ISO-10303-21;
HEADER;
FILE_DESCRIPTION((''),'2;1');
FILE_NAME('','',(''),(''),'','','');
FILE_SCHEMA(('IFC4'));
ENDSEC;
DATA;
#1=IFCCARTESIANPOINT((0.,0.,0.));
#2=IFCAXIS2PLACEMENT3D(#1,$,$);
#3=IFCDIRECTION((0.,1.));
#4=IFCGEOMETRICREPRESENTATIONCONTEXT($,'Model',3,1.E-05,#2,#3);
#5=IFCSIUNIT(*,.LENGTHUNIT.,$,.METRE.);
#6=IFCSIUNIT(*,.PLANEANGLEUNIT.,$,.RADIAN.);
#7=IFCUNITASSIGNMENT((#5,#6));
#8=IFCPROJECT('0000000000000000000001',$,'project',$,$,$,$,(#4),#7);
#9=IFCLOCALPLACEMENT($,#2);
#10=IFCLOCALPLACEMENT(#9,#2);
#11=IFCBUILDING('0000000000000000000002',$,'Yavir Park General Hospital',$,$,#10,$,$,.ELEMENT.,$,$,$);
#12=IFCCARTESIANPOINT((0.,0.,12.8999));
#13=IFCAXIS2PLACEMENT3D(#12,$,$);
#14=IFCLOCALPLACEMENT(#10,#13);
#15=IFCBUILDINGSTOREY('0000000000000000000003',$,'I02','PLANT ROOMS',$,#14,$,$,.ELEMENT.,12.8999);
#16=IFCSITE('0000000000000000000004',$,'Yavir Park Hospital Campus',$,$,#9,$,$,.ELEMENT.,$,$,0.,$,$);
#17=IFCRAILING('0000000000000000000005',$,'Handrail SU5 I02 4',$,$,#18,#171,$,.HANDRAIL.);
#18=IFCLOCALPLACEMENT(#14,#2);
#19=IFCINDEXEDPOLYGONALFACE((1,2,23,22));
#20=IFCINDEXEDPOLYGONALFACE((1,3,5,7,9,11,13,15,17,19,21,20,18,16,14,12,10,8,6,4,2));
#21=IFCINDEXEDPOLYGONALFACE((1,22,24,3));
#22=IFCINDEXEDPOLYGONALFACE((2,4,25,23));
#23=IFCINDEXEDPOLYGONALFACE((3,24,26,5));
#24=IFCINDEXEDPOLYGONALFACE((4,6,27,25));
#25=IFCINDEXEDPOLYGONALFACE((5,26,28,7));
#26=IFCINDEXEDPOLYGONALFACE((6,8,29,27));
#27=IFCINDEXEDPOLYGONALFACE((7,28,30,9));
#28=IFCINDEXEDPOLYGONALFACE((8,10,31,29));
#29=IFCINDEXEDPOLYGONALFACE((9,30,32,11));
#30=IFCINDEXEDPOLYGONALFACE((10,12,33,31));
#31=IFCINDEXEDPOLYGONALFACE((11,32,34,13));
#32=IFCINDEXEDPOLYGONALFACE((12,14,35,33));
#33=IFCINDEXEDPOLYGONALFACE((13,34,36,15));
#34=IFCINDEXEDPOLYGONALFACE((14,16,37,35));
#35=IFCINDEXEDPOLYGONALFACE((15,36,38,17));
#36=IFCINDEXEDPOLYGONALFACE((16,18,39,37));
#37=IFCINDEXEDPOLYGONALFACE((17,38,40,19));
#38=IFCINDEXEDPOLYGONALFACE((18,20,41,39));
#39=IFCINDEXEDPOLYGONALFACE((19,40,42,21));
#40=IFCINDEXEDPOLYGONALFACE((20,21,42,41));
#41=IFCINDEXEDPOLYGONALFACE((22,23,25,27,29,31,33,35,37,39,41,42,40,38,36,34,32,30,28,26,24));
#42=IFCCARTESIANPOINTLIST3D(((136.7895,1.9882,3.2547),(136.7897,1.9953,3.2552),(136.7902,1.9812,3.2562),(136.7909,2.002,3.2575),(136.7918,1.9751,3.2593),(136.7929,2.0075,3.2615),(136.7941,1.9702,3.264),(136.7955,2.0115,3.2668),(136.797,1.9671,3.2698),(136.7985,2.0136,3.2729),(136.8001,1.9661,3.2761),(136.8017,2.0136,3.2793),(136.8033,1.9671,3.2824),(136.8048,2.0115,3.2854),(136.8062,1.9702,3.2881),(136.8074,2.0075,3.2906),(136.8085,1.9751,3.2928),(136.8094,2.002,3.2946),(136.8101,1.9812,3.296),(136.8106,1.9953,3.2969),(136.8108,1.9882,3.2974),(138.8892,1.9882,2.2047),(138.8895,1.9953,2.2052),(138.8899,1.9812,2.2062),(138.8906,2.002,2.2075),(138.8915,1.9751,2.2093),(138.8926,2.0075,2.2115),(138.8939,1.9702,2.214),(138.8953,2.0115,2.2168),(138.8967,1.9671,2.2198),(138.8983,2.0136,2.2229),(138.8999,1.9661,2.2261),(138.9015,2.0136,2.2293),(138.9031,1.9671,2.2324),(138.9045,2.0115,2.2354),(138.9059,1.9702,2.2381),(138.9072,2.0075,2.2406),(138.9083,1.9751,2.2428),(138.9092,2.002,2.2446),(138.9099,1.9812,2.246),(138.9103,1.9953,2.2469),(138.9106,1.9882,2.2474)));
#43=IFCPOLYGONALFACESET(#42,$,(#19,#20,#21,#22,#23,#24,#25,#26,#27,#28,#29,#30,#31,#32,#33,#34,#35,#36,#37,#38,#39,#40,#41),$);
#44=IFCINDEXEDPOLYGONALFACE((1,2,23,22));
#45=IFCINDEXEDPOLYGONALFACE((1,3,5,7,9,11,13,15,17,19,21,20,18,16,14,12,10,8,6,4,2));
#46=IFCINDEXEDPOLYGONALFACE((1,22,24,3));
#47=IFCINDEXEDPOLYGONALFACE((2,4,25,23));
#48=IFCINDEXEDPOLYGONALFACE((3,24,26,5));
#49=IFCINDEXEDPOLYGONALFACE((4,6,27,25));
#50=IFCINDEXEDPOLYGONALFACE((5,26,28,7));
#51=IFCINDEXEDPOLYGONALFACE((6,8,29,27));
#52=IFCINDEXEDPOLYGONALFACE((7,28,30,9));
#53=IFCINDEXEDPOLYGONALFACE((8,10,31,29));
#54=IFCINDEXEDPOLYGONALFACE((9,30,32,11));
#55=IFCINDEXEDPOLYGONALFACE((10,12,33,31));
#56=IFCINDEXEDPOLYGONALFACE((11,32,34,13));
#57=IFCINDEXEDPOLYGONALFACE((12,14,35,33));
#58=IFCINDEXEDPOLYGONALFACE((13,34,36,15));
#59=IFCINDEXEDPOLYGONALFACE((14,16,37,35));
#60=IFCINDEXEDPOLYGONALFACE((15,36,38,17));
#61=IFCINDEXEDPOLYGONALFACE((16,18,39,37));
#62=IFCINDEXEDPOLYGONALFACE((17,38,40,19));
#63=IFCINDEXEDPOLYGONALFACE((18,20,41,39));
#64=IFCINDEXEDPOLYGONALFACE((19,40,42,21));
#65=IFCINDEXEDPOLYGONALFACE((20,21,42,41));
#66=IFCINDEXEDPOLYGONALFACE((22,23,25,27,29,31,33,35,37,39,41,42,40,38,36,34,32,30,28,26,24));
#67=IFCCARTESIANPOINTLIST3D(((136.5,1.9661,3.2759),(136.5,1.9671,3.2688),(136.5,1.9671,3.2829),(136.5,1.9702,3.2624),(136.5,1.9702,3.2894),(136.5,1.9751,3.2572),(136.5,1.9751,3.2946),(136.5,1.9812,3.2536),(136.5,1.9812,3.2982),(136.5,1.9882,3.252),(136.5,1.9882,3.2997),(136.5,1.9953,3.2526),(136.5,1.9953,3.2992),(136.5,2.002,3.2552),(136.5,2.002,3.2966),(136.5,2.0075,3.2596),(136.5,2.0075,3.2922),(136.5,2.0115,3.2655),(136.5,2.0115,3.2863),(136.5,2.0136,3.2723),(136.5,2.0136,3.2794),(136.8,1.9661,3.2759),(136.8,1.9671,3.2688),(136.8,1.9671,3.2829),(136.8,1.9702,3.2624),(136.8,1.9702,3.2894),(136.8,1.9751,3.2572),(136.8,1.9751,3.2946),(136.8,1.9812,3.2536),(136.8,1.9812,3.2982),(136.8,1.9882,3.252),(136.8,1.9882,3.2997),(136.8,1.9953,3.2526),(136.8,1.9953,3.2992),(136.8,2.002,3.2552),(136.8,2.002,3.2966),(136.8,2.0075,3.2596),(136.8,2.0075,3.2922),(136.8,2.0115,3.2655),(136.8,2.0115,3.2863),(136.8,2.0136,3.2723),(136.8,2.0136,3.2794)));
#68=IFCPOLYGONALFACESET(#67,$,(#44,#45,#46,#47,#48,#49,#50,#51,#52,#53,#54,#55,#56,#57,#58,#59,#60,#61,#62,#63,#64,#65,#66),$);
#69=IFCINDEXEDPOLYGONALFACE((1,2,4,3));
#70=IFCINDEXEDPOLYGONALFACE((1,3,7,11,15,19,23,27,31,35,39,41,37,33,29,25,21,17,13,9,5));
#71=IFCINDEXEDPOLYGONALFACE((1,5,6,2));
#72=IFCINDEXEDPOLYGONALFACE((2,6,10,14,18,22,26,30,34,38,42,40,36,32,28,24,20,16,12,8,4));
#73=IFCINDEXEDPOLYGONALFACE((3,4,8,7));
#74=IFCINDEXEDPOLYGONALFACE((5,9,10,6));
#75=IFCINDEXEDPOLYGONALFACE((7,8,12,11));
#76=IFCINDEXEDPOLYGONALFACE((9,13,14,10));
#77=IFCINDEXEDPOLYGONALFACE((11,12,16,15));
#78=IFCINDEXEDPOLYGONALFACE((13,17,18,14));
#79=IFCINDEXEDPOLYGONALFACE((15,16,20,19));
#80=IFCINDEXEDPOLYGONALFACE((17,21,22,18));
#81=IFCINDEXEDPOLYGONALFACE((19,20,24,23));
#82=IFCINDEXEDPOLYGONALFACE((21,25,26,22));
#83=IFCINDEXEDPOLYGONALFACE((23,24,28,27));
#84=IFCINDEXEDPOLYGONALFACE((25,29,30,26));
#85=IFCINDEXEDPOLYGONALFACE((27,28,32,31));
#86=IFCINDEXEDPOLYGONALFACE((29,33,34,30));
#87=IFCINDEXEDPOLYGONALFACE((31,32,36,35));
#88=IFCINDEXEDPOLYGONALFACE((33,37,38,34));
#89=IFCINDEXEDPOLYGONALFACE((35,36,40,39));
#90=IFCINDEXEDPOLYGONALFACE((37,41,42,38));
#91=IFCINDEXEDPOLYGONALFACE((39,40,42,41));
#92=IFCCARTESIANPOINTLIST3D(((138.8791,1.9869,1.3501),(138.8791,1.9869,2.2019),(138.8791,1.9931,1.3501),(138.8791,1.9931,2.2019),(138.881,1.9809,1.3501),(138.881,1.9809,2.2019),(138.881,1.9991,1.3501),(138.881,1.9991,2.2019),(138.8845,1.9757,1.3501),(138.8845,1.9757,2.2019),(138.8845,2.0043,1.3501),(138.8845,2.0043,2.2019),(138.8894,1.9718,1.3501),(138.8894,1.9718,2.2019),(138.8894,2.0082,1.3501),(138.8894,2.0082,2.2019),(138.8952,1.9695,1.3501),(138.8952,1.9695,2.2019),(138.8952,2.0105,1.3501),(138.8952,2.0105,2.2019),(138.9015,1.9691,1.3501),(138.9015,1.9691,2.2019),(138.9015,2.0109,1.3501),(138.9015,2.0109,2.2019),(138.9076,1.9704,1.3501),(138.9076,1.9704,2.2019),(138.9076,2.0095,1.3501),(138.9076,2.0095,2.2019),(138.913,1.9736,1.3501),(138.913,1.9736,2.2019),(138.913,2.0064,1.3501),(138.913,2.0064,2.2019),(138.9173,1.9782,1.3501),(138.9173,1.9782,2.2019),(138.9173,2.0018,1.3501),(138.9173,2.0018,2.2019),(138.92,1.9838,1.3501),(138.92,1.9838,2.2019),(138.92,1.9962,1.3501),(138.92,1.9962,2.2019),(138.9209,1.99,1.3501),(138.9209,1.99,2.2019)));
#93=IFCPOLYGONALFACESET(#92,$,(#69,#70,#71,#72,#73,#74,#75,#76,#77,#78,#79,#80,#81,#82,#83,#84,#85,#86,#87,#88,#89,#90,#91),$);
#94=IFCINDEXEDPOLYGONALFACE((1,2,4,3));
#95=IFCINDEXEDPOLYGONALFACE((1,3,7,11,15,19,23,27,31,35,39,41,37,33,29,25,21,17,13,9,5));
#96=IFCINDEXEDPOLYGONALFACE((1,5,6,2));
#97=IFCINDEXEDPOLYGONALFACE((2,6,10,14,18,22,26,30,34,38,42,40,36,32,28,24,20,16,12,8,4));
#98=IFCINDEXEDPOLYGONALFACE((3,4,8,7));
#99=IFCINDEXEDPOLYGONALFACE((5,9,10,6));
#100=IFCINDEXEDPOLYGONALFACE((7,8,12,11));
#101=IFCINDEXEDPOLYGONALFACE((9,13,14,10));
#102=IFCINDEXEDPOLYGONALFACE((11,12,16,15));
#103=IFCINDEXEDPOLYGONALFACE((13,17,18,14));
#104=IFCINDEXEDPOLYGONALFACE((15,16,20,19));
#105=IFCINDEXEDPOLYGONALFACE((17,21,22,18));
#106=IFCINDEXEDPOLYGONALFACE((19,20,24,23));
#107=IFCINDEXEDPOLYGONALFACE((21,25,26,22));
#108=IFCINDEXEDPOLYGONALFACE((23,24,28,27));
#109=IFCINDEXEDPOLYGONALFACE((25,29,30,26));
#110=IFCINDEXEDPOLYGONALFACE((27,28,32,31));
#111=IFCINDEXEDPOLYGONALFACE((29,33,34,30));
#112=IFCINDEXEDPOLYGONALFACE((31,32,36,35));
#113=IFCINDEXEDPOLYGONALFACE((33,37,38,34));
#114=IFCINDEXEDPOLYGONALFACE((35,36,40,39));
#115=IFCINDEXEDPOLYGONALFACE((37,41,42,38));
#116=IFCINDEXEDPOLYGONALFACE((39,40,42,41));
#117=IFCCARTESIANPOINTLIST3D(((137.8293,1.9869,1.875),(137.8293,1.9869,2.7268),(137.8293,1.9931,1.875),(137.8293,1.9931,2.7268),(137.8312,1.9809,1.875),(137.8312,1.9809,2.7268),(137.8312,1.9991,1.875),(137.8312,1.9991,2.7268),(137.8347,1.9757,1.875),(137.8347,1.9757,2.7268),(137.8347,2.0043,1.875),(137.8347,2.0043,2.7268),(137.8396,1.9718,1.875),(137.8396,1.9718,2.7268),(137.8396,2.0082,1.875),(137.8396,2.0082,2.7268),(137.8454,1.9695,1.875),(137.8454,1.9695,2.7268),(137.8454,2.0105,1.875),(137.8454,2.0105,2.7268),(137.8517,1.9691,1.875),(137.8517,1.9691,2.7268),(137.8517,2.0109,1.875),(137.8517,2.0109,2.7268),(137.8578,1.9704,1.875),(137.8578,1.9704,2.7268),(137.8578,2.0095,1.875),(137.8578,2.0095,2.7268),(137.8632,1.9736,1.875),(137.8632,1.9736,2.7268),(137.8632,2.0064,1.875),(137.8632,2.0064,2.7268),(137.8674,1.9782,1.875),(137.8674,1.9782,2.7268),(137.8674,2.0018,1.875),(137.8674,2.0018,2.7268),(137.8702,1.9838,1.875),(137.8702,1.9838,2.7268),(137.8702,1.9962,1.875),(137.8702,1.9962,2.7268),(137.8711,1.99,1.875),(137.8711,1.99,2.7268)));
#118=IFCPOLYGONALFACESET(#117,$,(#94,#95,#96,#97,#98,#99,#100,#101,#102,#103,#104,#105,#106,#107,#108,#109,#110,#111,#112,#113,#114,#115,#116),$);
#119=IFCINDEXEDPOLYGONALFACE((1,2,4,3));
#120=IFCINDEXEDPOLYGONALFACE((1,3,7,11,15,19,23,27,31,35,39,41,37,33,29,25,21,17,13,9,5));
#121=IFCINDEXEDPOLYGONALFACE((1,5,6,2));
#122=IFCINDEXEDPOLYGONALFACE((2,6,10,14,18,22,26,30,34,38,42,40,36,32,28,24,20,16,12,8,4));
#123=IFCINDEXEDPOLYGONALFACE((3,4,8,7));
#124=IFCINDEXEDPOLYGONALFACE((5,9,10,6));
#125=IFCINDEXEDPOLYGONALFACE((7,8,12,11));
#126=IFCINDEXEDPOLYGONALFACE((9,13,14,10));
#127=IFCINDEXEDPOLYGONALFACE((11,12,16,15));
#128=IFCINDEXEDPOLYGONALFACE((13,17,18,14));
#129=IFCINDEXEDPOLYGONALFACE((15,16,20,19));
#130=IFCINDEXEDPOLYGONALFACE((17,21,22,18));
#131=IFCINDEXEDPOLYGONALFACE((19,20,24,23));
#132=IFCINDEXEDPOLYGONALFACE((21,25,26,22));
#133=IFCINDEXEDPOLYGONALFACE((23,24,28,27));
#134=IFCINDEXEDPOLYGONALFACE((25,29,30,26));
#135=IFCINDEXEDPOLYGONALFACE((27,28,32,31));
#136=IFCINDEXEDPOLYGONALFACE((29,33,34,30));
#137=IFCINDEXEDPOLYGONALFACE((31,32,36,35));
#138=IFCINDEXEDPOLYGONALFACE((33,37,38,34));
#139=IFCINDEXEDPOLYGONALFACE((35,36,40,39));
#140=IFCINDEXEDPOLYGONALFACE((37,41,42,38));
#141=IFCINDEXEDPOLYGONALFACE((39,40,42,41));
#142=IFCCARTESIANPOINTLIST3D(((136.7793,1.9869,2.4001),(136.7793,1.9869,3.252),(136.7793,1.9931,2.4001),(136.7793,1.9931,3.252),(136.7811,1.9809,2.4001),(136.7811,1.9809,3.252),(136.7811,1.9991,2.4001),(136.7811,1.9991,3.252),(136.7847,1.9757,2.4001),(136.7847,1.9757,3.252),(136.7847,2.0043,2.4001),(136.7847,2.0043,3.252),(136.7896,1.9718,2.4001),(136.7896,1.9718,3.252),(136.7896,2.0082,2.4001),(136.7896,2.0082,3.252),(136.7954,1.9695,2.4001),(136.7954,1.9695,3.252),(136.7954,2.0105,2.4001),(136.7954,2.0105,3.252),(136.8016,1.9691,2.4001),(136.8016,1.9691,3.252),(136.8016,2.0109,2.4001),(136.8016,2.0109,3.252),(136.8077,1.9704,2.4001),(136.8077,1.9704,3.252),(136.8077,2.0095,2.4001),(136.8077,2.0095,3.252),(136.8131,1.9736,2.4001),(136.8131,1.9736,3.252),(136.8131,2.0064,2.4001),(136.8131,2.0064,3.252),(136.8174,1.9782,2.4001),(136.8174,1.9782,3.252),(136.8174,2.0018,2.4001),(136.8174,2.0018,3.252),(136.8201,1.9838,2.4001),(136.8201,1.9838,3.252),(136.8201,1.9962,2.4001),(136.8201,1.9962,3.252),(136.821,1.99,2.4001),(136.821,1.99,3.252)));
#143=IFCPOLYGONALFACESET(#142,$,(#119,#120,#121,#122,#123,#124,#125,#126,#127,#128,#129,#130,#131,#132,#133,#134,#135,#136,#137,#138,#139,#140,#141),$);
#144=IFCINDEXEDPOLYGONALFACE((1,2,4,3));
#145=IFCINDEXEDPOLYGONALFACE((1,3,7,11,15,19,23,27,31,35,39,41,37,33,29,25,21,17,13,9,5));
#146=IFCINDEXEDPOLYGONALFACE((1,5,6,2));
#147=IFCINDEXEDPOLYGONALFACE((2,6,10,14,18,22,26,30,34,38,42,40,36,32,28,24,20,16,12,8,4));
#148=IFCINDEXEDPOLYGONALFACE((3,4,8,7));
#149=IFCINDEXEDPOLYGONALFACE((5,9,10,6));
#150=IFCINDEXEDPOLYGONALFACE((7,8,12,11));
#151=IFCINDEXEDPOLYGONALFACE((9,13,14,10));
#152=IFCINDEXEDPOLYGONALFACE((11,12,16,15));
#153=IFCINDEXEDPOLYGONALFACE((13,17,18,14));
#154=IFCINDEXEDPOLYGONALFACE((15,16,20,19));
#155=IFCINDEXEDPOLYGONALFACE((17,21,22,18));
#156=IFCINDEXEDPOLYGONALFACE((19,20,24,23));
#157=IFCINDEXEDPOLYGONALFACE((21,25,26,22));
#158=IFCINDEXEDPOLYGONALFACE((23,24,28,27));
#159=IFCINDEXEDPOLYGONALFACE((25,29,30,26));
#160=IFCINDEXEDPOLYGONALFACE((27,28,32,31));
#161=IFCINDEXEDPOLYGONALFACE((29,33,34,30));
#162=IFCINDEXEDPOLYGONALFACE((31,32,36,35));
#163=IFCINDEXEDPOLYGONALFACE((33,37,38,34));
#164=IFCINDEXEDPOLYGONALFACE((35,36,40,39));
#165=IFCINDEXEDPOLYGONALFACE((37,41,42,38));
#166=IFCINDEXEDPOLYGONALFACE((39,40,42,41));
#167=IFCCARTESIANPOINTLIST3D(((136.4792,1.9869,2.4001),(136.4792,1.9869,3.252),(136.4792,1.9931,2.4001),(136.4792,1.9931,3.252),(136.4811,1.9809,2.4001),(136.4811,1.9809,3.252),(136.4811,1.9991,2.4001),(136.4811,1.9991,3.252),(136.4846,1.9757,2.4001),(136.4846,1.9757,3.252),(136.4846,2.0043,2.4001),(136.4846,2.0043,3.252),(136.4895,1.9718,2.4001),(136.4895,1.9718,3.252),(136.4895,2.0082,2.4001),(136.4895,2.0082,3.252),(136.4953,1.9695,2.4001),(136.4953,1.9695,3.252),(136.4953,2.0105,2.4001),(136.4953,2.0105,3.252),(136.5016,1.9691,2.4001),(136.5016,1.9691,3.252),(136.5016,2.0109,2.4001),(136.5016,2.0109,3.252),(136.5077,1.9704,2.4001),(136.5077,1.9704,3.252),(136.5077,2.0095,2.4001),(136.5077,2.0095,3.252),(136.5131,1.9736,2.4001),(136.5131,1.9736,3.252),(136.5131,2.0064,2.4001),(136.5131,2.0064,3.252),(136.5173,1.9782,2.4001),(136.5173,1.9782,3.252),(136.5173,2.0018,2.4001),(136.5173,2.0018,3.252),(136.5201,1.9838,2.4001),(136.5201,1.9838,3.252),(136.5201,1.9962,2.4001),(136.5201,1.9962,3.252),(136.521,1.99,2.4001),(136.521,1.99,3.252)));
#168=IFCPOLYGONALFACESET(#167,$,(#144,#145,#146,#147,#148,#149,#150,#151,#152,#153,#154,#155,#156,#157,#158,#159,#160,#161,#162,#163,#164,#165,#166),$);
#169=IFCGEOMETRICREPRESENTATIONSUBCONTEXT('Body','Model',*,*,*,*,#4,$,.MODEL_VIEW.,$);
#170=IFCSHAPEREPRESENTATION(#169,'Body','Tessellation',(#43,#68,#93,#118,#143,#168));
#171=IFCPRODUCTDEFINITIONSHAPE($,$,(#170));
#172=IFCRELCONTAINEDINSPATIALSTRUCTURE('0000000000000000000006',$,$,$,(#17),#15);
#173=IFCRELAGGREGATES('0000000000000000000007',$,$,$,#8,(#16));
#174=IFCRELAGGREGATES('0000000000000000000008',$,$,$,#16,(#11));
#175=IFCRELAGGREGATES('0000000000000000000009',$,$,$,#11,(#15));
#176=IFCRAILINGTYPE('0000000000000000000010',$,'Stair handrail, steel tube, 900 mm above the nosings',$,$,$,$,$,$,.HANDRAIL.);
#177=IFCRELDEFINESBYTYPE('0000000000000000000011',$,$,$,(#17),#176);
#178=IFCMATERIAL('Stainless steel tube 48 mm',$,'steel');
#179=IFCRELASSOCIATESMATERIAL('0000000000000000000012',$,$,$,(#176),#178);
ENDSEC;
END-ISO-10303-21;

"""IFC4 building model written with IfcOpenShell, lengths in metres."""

from ifc_helpers import new_model, si_unit, direction, frame, origin, origin_2d, place, context, subcontext, project, spatial, circle, extrude, material, type_object, element, save


model = new_model("IFC4")

# Units and contexts
model_context = context("Model", 3, precision=1e-05, world=origin(), true_north=direction((0.0, 1.0)))
body_context = subcontext(model_context, "Body", "Model", "MODEL_VIEW")
ifc_project = project(units=[si_unit("LENGTHUNIT", "METRE"), si_unit("PLANEANGLEUNIT", "RADIAN")], contexts=[model_context])

# Site, building, storey
site_placement = place(None, origin())
site = spatial("IfcSite", under=ifc_project, at=site_placement, Name="Yavir Park Hospital Campus", CompositionType="ELEMENT", RefElevation=0.0)
building_placement = place(site_placement, origin())
building = spatial("IfcBuilding", under=site, at=building_placement, Name="Yavir Park General Hospital", CompositionType="ELEMENT")
storey_placement = place(building_placement, frame((0.0, 0.0, 12.8999)))
storey = spatial("IfcBuildingStorey", under=building, at=storey_placement, Name="I02", Description="PLANT ROOMS", CompositionType="ELEMENT", Elevation=12.8999)

# Railing
ifc_material_1 = material(Name="Stainless steel tube 48 mm", Category="steel")
railing_type_1 = type_object("IfcRailingType", Name="Stair handrail, steel tube, 900 mm above the nosings", PredefinedType="HANDRAIL", material=ifc_material_1)
for number, where, name in (
    (1, (138.8999, 1.99, 1.3501), "Handrail SU5 I02 4"),
):
    element("IfcRailing", number, at=place(storey_placement, frame(where)), inside=storey, type_object=railing_type_1, Name=name, PredefinedType="HANDRAIL", context=body_context, shape_type="SweptSolid", body=[
        extrude(circle(Radius=0.0239, at=origin_2d()), frame((0.0, 0.0, 0.876), z_axis=(-0.894406, 0.0, 0.447255), x_axis=(0.0, -1.0, 0.0)), (0.0, 0.0, 1.0), 2.3477),
        extrude(circle(Radius=0.0239, at=origin_2d()), frame((-2.0999, 0.0, 1.9258), z_axis=(-1.0, 0.0, 0.0), x_axis=(0.0, -1.0, 0.0)), (0.0, 0.0, 1.0), 0.3),
        extrude(circle(Radius=0.021, at=origin_2d()), origin(), (0.0, 0.0, 1.0), 0.8518),
        extrude(circle(Radius=0.021, at=origin_2d()), frame((-1.0498, 0.0, 0.5249)), (0.0, 0.0, 1.0), 0.8518),
        extrude(circle(Radius=0.021, at=origin_2d()), frame((-2.0999, 0.0, 1.05)), (0.0, 0.0, 1.0), 0.8518),
        extrude(circle(Radius=0.021, at=origin_2d()), frame((-2.3999, 0.0, 1.05)), (0.0, 0.0, 1.0), 0.8518),
    ])

save(model, "model.ifc")
